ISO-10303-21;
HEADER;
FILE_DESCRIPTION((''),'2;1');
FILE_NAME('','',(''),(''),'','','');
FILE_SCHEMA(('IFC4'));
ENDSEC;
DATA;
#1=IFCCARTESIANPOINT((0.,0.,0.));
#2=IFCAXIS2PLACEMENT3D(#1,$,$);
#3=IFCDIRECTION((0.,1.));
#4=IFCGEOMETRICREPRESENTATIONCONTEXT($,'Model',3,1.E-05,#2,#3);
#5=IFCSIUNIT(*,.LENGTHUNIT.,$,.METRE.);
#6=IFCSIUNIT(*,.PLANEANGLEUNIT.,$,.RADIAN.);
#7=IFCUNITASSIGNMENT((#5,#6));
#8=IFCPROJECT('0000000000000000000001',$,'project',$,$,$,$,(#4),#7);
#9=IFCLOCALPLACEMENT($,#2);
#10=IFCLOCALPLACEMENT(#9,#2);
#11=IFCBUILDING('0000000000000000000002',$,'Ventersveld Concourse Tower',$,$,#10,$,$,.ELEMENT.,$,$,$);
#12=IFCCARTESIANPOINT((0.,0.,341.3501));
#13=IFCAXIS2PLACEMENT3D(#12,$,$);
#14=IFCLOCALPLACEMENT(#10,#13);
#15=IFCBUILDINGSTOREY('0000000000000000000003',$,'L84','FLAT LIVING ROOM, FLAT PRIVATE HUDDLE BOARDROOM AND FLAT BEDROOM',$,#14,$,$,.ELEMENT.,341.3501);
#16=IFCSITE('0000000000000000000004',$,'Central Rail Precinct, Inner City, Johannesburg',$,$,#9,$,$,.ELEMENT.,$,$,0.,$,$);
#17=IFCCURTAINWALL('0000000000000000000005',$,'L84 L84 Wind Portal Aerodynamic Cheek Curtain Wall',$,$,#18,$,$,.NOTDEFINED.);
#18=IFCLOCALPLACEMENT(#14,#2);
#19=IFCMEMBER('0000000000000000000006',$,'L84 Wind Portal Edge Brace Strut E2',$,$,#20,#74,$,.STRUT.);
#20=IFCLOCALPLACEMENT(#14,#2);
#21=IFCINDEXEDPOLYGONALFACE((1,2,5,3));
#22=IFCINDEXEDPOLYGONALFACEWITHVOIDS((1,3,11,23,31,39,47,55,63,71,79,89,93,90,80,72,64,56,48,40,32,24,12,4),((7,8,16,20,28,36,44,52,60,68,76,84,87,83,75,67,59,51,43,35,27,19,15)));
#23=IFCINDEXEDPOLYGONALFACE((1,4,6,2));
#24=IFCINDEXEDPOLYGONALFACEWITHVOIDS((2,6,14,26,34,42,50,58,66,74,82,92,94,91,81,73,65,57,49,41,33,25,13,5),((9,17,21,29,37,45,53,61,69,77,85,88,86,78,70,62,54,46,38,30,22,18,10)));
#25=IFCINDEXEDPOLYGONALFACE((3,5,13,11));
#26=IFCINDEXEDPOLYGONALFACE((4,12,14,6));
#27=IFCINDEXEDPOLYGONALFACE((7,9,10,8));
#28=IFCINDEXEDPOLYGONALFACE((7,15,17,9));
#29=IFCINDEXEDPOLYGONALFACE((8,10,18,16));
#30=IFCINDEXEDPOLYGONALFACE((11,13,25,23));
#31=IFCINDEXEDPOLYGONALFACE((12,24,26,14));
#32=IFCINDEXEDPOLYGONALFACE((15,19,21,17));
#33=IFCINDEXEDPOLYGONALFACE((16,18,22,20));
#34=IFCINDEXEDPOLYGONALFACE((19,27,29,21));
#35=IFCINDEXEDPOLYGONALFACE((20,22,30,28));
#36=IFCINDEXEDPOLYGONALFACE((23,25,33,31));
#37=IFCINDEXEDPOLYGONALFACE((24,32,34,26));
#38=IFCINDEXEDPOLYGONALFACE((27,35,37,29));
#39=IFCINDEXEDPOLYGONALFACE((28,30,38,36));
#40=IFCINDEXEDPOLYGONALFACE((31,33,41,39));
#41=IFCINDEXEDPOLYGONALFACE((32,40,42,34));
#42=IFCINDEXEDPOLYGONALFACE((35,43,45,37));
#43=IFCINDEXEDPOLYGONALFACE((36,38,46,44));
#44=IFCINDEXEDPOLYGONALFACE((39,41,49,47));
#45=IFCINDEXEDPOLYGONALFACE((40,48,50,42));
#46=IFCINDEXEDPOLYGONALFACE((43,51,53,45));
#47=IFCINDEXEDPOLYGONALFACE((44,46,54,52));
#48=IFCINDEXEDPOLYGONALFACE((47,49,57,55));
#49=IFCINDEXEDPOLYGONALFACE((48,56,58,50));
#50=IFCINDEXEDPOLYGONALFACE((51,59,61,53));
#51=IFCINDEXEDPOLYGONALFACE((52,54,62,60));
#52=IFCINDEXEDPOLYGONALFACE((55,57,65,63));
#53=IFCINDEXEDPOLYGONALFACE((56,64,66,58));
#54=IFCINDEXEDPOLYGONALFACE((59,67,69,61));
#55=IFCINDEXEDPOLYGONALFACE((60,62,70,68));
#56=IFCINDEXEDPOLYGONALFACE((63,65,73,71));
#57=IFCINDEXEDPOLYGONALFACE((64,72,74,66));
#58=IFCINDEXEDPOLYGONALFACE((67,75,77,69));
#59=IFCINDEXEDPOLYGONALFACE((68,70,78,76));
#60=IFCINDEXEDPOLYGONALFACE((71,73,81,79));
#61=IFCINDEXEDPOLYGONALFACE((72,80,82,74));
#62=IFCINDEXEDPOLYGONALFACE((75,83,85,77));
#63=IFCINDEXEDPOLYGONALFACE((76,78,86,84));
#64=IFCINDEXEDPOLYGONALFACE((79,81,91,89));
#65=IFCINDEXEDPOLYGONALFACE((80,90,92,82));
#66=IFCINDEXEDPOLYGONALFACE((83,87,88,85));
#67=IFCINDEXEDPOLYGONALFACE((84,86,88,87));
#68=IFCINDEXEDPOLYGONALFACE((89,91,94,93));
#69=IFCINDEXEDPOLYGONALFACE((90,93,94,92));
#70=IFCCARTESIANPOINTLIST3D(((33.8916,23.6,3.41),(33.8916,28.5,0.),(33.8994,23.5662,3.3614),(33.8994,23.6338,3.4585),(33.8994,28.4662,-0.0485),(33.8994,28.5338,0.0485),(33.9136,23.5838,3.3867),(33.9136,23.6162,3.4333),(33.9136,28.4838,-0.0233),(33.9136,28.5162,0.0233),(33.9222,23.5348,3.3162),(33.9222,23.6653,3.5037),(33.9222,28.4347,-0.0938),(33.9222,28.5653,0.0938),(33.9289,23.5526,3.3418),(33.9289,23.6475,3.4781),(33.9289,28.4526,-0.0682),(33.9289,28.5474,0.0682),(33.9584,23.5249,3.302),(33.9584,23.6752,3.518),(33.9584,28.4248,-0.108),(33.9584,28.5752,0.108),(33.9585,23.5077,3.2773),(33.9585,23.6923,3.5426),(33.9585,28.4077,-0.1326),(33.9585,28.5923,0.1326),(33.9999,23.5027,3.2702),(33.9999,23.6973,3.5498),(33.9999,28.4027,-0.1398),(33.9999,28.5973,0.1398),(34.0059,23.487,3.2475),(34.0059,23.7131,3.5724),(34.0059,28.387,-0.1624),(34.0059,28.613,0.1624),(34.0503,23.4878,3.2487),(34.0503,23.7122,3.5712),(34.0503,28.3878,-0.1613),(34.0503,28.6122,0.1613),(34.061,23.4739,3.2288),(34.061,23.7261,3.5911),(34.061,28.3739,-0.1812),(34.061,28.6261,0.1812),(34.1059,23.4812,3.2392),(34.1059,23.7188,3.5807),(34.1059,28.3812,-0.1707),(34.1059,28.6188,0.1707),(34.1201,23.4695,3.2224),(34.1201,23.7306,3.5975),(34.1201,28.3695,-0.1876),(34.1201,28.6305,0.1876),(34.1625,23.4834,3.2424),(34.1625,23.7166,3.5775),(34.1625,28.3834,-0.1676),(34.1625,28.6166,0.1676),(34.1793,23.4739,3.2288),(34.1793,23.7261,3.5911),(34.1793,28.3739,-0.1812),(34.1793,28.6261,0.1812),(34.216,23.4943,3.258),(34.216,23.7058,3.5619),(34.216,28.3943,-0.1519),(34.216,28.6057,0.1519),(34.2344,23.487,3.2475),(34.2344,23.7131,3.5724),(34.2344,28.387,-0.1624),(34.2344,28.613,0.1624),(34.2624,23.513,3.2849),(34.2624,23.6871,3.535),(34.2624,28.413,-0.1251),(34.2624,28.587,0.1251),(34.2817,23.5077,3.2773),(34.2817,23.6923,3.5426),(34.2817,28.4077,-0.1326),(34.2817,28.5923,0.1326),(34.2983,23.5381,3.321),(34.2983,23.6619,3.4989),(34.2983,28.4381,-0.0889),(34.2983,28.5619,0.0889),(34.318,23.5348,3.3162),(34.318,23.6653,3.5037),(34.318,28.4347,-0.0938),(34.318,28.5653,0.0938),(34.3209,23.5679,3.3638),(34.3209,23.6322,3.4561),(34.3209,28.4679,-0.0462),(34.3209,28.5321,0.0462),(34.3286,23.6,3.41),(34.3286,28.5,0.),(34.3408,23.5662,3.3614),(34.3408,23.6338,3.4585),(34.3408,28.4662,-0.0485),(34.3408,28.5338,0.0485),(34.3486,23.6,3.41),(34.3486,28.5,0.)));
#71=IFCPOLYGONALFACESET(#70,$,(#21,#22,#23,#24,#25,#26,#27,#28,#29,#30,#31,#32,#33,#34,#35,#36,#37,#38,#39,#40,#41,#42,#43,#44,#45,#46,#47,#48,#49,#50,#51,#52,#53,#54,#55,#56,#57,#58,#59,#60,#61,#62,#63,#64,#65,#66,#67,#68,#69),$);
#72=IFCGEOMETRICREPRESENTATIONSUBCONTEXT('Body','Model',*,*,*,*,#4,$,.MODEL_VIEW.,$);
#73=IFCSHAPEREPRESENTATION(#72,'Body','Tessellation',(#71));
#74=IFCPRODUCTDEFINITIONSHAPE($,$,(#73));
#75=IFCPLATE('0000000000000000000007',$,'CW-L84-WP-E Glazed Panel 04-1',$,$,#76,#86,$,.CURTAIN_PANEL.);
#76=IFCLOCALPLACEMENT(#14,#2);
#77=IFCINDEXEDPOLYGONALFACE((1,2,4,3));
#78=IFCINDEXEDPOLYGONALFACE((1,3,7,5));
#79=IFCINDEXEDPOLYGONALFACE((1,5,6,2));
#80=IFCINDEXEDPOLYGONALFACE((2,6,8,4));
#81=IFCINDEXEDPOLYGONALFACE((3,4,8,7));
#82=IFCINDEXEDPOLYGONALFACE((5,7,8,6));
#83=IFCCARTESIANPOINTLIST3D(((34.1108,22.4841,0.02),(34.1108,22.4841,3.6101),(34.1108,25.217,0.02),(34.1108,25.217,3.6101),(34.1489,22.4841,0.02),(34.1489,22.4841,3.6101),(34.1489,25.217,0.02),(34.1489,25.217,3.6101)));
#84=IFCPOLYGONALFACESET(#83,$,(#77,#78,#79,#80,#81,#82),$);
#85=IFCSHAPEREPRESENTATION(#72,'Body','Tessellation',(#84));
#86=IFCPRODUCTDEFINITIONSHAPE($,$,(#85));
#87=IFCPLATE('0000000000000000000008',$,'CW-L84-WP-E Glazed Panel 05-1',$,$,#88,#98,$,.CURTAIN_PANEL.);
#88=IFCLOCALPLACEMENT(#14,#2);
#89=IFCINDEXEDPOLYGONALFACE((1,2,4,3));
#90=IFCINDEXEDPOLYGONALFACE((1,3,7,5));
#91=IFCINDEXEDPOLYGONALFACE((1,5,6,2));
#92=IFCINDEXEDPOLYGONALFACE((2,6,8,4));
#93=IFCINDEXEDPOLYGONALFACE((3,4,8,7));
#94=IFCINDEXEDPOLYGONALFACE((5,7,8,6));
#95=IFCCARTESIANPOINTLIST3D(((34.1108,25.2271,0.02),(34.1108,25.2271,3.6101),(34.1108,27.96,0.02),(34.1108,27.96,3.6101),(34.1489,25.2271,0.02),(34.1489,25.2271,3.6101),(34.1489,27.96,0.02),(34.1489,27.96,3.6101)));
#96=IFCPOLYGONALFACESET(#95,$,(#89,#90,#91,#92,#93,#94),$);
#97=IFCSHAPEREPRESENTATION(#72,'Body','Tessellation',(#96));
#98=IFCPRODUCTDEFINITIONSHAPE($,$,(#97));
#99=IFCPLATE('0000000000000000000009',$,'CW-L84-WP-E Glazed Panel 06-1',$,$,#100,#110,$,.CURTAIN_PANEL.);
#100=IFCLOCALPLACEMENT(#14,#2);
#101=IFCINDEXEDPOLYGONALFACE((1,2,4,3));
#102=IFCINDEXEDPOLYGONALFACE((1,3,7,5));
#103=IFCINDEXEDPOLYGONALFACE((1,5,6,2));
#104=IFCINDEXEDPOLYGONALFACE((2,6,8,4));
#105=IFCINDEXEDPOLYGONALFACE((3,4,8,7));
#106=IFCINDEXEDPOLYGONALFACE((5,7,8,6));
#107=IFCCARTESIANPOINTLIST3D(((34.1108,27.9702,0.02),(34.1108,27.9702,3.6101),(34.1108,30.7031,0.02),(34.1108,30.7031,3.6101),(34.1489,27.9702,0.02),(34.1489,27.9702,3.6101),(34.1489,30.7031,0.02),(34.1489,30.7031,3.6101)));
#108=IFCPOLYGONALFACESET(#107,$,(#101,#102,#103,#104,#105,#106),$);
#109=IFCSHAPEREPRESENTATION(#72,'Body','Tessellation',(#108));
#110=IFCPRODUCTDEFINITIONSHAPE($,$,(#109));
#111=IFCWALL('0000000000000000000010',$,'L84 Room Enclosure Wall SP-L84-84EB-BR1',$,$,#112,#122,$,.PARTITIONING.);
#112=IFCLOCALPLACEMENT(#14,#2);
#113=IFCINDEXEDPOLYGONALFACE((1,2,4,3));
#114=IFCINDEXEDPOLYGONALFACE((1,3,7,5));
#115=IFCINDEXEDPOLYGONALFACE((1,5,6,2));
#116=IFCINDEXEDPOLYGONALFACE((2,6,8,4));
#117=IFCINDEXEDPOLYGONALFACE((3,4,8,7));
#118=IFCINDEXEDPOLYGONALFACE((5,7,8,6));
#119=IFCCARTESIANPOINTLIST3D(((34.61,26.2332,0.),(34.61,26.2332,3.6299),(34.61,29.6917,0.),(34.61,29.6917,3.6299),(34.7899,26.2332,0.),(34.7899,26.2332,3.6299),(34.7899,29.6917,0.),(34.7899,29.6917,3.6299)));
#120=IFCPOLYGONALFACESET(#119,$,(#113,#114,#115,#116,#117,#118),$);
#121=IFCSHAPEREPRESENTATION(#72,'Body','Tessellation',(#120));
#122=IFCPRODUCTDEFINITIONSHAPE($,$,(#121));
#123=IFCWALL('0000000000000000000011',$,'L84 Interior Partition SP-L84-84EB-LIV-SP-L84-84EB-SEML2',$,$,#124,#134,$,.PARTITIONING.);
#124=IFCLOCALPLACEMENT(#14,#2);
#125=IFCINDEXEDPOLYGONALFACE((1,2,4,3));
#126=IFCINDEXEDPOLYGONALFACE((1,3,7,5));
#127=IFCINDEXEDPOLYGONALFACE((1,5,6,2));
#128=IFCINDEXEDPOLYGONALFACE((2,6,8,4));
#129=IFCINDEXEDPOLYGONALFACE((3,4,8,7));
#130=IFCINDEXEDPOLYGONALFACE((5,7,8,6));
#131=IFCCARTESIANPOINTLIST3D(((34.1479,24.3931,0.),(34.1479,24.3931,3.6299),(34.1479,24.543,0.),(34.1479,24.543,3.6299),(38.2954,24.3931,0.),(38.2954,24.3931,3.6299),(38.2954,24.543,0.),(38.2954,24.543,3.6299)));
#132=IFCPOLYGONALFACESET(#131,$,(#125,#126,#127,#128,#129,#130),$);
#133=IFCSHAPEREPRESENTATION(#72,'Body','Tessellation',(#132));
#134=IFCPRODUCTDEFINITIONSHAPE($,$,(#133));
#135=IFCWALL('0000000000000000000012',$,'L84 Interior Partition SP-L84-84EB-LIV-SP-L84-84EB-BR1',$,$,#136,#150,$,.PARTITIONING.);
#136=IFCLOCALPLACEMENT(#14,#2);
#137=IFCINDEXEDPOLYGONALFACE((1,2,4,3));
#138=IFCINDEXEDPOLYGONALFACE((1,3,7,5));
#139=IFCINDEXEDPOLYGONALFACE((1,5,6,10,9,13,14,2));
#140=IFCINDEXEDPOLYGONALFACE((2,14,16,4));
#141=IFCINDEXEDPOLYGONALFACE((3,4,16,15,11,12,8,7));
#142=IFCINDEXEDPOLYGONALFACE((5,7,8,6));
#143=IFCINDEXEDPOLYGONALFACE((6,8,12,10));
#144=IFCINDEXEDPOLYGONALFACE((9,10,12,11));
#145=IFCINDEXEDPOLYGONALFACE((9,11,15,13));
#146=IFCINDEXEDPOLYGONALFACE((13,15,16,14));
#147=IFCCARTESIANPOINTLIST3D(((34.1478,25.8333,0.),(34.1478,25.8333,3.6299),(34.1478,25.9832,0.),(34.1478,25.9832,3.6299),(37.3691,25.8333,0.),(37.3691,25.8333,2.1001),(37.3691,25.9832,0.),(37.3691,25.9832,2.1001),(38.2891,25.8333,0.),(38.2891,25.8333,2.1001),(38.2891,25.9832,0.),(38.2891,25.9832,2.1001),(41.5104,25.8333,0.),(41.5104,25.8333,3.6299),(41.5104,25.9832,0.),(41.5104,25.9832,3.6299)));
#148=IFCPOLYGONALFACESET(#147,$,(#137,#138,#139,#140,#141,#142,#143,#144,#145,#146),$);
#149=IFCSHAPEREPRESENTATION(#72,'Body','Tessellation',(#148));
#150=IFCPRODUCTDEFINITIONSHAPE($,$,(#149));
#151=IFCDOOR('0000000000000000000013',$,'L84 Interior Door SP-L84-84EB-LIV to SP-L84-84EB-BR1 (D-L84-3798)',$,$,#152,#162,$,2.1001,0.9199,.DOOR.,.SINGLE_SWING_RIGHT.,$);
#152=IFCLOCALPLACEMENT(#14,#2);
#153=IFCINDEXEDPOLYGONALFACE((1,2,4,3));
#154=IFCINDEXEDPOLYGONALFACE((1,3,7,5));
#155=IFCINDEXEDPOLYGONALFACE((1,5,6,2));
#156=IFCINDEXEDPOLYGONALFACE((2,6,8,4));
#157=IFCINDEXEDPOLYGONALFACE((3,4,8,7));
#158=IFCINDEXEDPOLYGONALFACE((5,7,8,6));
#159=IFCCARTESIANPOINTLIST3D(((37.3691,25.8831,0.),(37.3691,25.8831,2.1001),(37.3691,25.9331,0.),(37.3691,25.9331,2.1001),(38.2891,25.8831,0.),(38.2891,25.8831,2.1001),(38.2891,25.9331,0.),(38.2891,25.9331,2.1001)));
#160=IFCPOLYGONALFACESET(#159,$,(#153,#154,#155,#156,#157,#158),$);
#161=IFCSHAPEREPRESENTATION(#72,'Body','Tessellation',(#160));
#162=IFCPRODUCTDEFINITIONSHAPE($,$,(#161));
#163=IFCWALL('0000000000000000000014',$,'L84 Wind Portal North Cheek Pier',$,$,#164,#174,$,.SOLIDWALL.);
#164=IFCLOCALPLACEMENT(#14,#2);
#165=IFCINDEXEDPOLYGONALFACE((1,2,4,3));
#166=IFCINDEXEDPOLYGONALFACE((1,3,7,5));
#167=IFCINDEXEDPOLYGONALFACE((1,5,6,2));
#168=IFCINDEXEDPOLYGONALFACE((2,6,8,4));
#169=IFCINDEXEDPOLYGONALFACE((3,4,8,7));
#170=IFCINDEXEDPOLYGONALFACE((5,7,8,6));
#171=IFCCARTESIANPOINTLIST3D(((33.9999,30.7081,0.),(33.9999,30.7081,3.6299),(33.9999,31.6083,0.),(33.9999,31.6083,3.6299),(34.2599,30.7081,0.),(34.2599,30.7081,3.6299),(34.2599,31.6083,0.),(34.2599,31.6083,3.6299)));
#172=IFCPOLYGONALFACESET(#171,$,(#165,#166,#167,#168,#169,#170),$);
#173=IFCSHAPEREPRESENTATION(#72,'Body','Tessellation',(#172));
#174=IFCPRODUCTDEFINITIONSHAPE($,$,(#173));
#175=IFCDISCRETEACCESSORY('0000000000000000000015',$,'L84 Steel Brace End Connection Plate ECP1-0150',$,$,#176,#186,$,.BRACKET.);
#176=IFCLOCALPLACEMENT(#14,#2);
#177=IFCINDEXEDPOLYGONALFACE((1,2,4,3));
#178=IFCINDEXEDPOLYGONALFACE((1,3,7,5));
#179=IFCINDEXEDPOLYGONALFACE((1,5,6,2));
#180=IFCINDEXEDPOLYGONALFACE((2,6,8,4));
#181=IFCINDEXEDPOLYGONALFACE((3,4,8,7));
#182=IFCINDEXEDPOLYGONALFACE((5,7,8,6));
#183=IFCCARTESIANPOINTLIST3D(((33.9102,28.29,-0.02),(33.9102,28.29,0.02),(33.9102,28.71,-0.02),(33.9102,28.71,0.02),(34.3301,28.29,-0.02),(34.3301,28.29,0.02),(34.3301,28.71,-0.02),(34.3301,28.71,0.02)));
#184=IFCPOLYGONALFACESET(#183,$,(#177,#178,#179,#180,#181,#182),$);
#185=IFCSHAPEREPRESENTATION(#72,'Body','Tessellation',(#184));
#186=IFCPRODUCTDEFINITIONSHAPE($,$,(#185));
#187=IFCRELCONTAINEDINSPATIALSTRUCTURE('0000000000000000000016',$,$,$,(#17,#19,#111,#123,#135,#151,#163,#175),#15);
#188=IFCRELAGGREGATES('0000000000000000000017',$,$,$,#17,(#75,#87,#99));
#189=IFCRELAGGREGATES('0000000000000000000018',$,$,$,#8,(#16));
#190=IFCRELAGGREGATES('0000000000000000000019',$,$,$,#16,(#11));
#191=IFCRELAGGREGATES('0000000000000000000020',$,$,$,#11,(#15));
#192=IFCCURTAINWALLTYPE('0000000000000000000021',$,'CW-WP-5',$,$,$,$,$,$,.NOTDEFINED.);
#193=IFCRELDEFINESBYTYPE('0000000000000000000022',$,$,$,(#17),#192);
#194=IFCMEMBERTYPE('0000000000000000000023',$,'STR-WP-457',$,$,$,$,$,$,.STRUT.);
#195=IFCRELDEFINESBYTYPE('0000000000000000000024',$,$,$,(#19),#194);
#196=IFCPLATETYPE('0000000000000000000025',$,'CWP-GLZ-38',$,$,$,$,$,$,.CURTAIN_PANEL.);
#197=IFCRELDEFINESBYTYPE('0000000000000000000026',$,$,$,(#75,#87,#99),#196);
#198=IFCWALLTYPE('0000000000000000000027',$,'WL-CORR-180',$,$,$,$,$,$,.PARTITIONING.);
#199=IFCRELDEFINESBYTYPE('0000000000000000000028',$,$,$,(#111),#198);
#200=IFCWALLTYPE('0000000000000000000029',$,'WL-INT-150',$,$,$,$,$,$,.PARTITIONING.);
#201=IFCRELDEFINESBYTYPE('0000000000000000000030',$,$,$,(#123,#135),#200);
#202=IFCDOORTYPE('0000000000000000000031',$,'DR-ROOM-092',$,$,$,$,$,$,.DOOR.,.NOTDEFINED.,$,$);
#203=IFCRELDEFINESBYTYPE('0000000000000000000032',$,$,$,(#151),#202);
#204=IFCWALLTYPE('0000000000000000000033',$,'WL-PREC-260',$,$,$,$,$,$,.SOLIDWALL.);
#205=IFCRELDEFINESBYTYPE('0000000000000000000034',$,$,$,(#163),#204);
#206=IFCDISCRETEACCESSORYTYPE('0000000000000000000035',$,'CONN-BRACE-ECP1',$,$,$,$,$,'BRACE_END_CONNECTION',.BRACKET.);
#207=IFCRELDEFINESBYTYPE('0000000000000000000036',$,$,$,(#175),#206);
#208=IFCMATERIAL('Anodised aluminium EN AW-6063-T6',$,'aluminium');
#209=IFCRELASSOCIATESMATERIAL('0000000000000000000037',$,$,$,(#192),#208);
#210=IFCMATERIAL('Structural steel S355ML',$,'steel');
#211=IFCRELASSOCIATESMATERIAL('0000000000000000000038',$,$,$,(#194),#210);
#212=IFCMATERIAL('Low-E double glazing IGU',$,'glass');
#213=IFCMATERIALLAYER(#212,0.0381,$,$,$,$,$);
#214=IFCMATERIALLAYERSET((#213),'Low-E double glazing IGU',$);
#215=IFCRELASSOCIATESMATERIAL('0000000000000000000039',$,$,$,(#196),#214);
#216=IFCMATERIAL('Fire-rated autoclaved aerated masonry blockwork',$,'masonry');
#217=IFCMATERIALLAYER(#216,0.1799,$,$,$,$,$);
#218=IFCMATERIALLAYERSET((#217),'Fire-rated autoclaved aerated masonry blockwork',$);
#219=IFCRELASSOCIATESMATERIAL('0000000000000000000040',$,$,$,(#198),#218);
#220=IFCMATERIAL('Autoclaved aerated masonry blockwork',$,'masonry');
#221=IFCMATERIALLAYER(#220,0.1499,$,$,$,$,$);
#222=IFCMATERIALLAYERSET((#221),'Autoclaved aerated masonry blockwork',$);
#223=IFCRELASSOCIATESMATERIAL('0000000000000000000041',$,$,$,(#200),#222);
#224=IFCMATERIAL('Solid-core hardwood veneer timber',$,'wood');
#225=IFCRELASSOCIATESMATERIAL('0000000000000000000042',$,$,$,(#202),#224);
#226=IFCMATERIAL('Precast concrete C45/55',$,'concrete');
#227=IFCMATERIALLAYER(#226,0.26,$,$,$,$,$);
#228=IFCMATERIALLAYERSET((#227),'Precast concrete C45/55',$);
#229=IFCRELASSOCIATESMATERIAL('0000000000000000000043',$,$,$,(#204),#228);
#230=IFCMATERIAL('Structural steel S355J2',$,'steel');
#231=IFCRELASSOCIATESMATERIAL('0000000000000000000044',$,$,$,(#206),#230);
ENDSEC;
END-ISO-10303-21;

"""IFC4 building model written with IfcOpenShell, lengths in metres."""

from ifc_helpers import new_model, si_unit, direction, frame, frame_2d, origin, origin_2d, place, context, subcontext, project, spatial, rectangle, hollow_circle, extrude, material, layer, layer_set, material_profile, profile_set, type_object, element, fill, aggregate, save


model = new_model("IFC4")

# Units and contexts
model_context = context("Model", 3, precision=1e-05, world=origin(), true_north=direction((0.0, 1.0)))
body_context = subcontext(model_context, "Body", "Model", "MODEL_VIEW")
ifc_project = project(units=[si_unit("LENGTHUNIT", "METRE"), si_unit("PLANEANGLEUNIT", "RADIAN")], contexts=[model_context])

# Site, building, storey
site_placement = place(None, origin())
site = spatial("IfcSite", under=ifc_project, at=site_placement, Name="Central Rail Precinct, Inner City, Johannesburg", CompositionType="ELEMENT", RefElevation=0.0)
building_placement = place(site_placement, origin())
building = spatial("IfcBuilding", under=site, at=building_placement, Name="Ventersveld Concourse Tower", CompositionType="ELEMENT")
storey_placement = place(building_placement, frame((0.0, 0.0, 341.3501)))
storey = spatial("IfcBuildingStorey", under=building, at=storey_placement, Name="L84", Description="FLAT LIVING ROOM, FLAT PRIVATE HUDDLE BOARDROOM AND FLAT BEDROOM", CompositionType="ELEMENT", Elevation=341.3501)

# Curtain wall
ifc_material_1 = material(Name="Anodised aluminium EN AW-6063-T6", Category="aluminium")
curtain_wall_type = type_object("IfcCurtainWallType", Name="CW-WP-5", PredefinedType="NOTDEFINED", material=ifc_material_1)
curtain_wall_placement = place(storey_placement, origin())
curtain_wall = element("IfcCurtainWall", 1, at=curtain_wall_placement, inside=storey, type_object=curtain_wall_type, Name="L84 L84 Wind Portal Aerodynamic Cheek Curtain Wall", PredefinedType="NOTDEFINED")

# Shared definitions
ifc_material_2 = material(Name="Structural steel S355J2", Category="steel")

# Member
ifc_material_3 = material(Name="Structural steel S355ML", Category="steel")
ifc_material_profile_1 = material_profile(ifc_material_3, hollow_circle(Radius=0.2285, WallThickness=0.02, at=origin_2d()), Name="CHS 457x20")
ifc_profile_set_1 = profile_set([ifc_material_profile_1], Name="Structural steel S355ML")
member_type_1 = type_object("IfcMemberType", Name="STR-WP-457", PredefinedType="STRUT", material=ifc_profile_set_1)
member_1_placement = place(storey_placement, frame((34.1201, 28.5, 0.0), z_axis=(0.0, -0.820804, 0.571209), x_axis=(1.0, 0.0, 0.0)))
element("IfcMember", 2, at=member_1_placement, inside=storey, type_object=member_type_1, Name="L84 Wind Portal Edge Brace Strut E2", PredefinedType="STRUT", context=body_context, shape_type="SweptSolid", body=[
    extrude(hollow_circle(Radius=0.2285, WallThickness=0.02, at=origin_2d()), origin(), (0.0, 0.0, 1.0), 5.9697),
])

# Plates
ifc_material_4 = material(Name="Low-E double glazing IGU", Category="glass")
ifc_layer_1 = layer(ifc_material_4, 0.0381)
ifc_layer_set_1 = layer_set([ifc_layer_1], Name="Low-E double glazing IGU")
plate_type = type_object("IfcPlateType", Name="CWP-GLZ-38", PredefinedType="CURTAIN_PANEL", material=ifc_layer_set_1)
plate_1_placement = place(storey_placement, frame((34.1299, 23.8506, 0.02), z_axis=(0.0, 0.0, 1.0), x_axis=(0.0, 1.0, 0.0)))
plate_1 = element("IfcPlate", 3, at=plate_1_placement, type_object=plate_type, Name="CW-L84-WP-E Glazed Panel 04-1", PredefinedType="CURTAIN_PANEL", context=body_context, shape_type="SweptSolid", body=[
    extrude(rectangle(XDim=2.7329, YDim=0.0381, at=origin_2d()), origin(), (0.0, 0.0, 1.0), 3.5901),
])
plate_2_placement = place(storey_placement, frame((34.1299, 26.5935, 0.02), z_axis=(0.0, 0.0, 1.0), x_axis=(0.0, 1.0, 0.0)))
plate_2 = element("IfcPlate", 4, at=plate_2_placement, type_object=plate_type, Name="CW-L84-WP-E Glazed Panel 05-1", PredefinedType="CURTAIN_PANEL", context=body_context, shape_type="SweptSolid", body=[
    extrude(rectangle(XDim=2.7329, YDim=0.0381, at=origin_2d()), origin(), (0.0, 0.0, 1.0), 3.5901),
])
plate_3_placement = place(storey_placement, frame((34.1299, 29.3367, 0.02), z_axis=(0.0, 0.0, 1.0), x_axis=(0.0, 1.0, 0.0)))
plate_3 = element("IfcPlate", 5, at=plate_3_placement, type_object=plate_type, Name="CW-L84-WP-E Glazed Panel 06-1", PredefinedType="CURTAIN_PANEL", context=body_context, shape_type="SweptSolid", body=[
    extrude(rectangle(XDim=2.7329, YDim=0.0381, at=origin_2d()), origin(), (0.0, 0.0, 1.0), 3.5901),
])
aggregate(curtain_wall, [plate_1, plate_2, plate_3])

# Walls
ifc_material_5 = material(Name="Fire-rated autoclaved aerated masonry blockwork", Category="masonry")
ifc_layer_2 = layer(ifc_material_5, 0.1799)
ifc_layer_set_2 = layer_set([ifc_layer_2], Name="Fire-rated autoclaved aerated masonry blockwork")
wall_type_1 = type_object("IfcWallType", Name="WL-CORR-180", PredefinedType="PARTITIONING", material=ifc_layer_set_2)
wall_1_placement = place(storey_placement, frame((34.7, 26.2332, 0.0), z_axis=(0.0, 0.0, 1.0), x_axis=(0.0, 1.0, 0.0)))
element("IfcWall", 6, at=wall_1_placement, inside=storey, type_object=wall_type_1, Name="L84 Room Enclosure Wall SP-L84-84EB-BR1", PredefinedType="PARTITIONING", context=body_context, shape_type="SweptSolid", body=[
    extrude(rectangle(XDim=3.4585, YDim=0.1799, at=frame_2d((1.7292, 0.0))), origin(), (0.0, 0.0, 1.0), 3.6299),
])
ifc_material_6 = material(Name="Autoclaved aerated masonry blockwork", Category="masonry")
ifc_layer_3 = layer(ifc_material_6, 0.1499)
ifc_layer_set_3 = layer_set([ifc_layer_3], Name="Autoclaved aerated masonry blockwork")
wall_type_2 = type_object("IfcWallType", Name="WL-INT-150", PredefinedType="PARTITIONING", material=ifc_layer_set_3)
wall_2_placement = place(storey_placement, frame((34.1479, 24.468, 0.0), z_axis=(0.0, 0.0, 1.0), x_axis=(1.0, 0.0, 0.0)))
element("IfcWall", 7, at=wall_2_placement, inside=storey, type_object=wall_type_2, Name="L84 Interior Partition SP-L84-84EB-LIV-SP-L84-84EB-SEML2", PredefinedType="PARTITIONING", context=body_context, shape_type="SweptSolid", body=[
    extrude(rectangle(XDim=4.1475, YDim=0.1499, at=frame_2d((2.0737, 0.0))), origin(), (0.0, 0.0, 1.0), 3.6299),
])

# Wall, opening, door
wall_3_placement = place(storey_placement, frame((34.1479, 25.9082, 0.0), z_axis=(0.0, 0.0, 1.0), x_axis=(1.0, 0.0, 0.0)))
wall_3 = element("IfcWall", 8, at=wall_3_placement, inside=storey, type_object=wall_type_2, Name="L84 Interior Partition SP-L84-84EB-LIV-SP-L84-84EB-BR1", PredefinedType="PARTITIONING", context=body_context, shape_type="SweptSolid", body=[
    extrude(rectangle(XDim=7.3625, YDim=0.1499, at=frame_2d((3.6812, 0.0))), origin(), (0.0, 0.0, 1.0), 3.6299),
])
opening_placement = place(wall_3_placement, frame((3.2212, 0.0, 0.0)))
opening = element("IfcOpeningElement", 9, at=opening_placement, cuts=wall_3, PredefinedType="OPENING", context=body_context, shape_type="SweptSolid", body=[
    extrude(rectangle(XDim=0.9199, YDim=2.1001, at=frame_2d((0.46, 1.05))), frame((0.0, 0.085, 0.0), z_axis=(0.0, -1.0, 0.0), x_axis=(1.0, 0.0, 0.0)), (0.0, 0.0, 1.0), 0.1699),
])
ifc_material_7 = material(Name="Solid-core hardwood veneer timber", Category="wood")
door_type = type_object("IfcDoorType", Name="DR-ROOM-092", OperationType="NOTDEFINED", PredefinedType="DOOR", material=ifc_material_7)
door_placement = place(opening_placement, origin())
door = element("IfcDoor", 10, at=door_placement, inside=storey, type_object=door_type, Name="L84 Interior Door SP-L84-84EB-LIV to SP-L84-84EB-BR1 (D-L84-3798)", OperationType="SINGLE_SWING_RIGHT", OverallHeight=2.1001, OverallWidth=0.9199, PredefinedType="DOOR", context=body_context, shape_type="SweptSolid", body=[
    extrude(rectangle(XDim=0.9199, YDim=2.1001, at=frame_2d((0.46, 1.05))), frame((0.0, 0.0249, 0.0), z_axis=(0.0, -1.0, 0.0), x_axis=(1.0, 0.0, 0.0)), (0.0, 0.0, 1.0), 0.05),
])
fill(opening, door)

# Wall
ifc_material_8 = material(Name="Precast concrete C45/55", Category="concrete")
ifc_layer_4 = layer(ifc_material_8, 0.26)
ifc_layer_set_4 = layer_set([ifc_layer_4], Name="Precast concrete C45/55")
wall_type_3 = type_object("IfcWallType", Name="WL-PREC-260", PredefinedType="SOLIDWALL", material=ifc_layer_set_4)
wall_4_placement = place(storey_placement, frame((34.1299, 30.708, 0.0), z_axis=(0.0, 0.0, 1.0), x_axis=(0.0, 1.0, 0.0)))
element("IfcWall", 11, at=wall_4_placement, inside=storey, type_object=wall_type_3, Name="L84 Wind Portal North Cheek Pier", PredefinedType="SOLIDWALL", context=body_context, shape_type="SweptSolid", body=[
    extrude(rectangle(XDim=0.9001, YDim=0.26, at=frame_2d((0.4502, 0.0))), origin(), (0.0, 0.0, 1.0), 3.6299),
])

# Discrete accessory
discrete_accessory_type = type_object("IfcDiscreteAccessoryType", Name="CONN-BRACE-ECP1", ElementType="BRACE_END_CONNECTION", PredefinedType="BRACKET", material=ifc_material_2)
discrete_accessory_placement = place(storey_placement, frame((34.1201, 28.5, -0.02), z_axis=(0.0, 0.0, 1.0), x_axis=(1.0, 0.0, 0.0)))
element("IfcDiscreteAccessory", 12, at=discrete_accessory_placement, inside=storey, type_object=discrete_accessory_type, Name="L84 Steel Brace End Connection Plate ECP1-0150", PredefinedType="BRACKET", context=body_context, shape_type="SweptSolid", body=[
    extrude(rectangle(XDim=0.4199, YDim=0.4199, at=origin_2d()), origin(), (0.0, 0.0, 1.0), 0.04),
])

save(model, "model.ifc")
